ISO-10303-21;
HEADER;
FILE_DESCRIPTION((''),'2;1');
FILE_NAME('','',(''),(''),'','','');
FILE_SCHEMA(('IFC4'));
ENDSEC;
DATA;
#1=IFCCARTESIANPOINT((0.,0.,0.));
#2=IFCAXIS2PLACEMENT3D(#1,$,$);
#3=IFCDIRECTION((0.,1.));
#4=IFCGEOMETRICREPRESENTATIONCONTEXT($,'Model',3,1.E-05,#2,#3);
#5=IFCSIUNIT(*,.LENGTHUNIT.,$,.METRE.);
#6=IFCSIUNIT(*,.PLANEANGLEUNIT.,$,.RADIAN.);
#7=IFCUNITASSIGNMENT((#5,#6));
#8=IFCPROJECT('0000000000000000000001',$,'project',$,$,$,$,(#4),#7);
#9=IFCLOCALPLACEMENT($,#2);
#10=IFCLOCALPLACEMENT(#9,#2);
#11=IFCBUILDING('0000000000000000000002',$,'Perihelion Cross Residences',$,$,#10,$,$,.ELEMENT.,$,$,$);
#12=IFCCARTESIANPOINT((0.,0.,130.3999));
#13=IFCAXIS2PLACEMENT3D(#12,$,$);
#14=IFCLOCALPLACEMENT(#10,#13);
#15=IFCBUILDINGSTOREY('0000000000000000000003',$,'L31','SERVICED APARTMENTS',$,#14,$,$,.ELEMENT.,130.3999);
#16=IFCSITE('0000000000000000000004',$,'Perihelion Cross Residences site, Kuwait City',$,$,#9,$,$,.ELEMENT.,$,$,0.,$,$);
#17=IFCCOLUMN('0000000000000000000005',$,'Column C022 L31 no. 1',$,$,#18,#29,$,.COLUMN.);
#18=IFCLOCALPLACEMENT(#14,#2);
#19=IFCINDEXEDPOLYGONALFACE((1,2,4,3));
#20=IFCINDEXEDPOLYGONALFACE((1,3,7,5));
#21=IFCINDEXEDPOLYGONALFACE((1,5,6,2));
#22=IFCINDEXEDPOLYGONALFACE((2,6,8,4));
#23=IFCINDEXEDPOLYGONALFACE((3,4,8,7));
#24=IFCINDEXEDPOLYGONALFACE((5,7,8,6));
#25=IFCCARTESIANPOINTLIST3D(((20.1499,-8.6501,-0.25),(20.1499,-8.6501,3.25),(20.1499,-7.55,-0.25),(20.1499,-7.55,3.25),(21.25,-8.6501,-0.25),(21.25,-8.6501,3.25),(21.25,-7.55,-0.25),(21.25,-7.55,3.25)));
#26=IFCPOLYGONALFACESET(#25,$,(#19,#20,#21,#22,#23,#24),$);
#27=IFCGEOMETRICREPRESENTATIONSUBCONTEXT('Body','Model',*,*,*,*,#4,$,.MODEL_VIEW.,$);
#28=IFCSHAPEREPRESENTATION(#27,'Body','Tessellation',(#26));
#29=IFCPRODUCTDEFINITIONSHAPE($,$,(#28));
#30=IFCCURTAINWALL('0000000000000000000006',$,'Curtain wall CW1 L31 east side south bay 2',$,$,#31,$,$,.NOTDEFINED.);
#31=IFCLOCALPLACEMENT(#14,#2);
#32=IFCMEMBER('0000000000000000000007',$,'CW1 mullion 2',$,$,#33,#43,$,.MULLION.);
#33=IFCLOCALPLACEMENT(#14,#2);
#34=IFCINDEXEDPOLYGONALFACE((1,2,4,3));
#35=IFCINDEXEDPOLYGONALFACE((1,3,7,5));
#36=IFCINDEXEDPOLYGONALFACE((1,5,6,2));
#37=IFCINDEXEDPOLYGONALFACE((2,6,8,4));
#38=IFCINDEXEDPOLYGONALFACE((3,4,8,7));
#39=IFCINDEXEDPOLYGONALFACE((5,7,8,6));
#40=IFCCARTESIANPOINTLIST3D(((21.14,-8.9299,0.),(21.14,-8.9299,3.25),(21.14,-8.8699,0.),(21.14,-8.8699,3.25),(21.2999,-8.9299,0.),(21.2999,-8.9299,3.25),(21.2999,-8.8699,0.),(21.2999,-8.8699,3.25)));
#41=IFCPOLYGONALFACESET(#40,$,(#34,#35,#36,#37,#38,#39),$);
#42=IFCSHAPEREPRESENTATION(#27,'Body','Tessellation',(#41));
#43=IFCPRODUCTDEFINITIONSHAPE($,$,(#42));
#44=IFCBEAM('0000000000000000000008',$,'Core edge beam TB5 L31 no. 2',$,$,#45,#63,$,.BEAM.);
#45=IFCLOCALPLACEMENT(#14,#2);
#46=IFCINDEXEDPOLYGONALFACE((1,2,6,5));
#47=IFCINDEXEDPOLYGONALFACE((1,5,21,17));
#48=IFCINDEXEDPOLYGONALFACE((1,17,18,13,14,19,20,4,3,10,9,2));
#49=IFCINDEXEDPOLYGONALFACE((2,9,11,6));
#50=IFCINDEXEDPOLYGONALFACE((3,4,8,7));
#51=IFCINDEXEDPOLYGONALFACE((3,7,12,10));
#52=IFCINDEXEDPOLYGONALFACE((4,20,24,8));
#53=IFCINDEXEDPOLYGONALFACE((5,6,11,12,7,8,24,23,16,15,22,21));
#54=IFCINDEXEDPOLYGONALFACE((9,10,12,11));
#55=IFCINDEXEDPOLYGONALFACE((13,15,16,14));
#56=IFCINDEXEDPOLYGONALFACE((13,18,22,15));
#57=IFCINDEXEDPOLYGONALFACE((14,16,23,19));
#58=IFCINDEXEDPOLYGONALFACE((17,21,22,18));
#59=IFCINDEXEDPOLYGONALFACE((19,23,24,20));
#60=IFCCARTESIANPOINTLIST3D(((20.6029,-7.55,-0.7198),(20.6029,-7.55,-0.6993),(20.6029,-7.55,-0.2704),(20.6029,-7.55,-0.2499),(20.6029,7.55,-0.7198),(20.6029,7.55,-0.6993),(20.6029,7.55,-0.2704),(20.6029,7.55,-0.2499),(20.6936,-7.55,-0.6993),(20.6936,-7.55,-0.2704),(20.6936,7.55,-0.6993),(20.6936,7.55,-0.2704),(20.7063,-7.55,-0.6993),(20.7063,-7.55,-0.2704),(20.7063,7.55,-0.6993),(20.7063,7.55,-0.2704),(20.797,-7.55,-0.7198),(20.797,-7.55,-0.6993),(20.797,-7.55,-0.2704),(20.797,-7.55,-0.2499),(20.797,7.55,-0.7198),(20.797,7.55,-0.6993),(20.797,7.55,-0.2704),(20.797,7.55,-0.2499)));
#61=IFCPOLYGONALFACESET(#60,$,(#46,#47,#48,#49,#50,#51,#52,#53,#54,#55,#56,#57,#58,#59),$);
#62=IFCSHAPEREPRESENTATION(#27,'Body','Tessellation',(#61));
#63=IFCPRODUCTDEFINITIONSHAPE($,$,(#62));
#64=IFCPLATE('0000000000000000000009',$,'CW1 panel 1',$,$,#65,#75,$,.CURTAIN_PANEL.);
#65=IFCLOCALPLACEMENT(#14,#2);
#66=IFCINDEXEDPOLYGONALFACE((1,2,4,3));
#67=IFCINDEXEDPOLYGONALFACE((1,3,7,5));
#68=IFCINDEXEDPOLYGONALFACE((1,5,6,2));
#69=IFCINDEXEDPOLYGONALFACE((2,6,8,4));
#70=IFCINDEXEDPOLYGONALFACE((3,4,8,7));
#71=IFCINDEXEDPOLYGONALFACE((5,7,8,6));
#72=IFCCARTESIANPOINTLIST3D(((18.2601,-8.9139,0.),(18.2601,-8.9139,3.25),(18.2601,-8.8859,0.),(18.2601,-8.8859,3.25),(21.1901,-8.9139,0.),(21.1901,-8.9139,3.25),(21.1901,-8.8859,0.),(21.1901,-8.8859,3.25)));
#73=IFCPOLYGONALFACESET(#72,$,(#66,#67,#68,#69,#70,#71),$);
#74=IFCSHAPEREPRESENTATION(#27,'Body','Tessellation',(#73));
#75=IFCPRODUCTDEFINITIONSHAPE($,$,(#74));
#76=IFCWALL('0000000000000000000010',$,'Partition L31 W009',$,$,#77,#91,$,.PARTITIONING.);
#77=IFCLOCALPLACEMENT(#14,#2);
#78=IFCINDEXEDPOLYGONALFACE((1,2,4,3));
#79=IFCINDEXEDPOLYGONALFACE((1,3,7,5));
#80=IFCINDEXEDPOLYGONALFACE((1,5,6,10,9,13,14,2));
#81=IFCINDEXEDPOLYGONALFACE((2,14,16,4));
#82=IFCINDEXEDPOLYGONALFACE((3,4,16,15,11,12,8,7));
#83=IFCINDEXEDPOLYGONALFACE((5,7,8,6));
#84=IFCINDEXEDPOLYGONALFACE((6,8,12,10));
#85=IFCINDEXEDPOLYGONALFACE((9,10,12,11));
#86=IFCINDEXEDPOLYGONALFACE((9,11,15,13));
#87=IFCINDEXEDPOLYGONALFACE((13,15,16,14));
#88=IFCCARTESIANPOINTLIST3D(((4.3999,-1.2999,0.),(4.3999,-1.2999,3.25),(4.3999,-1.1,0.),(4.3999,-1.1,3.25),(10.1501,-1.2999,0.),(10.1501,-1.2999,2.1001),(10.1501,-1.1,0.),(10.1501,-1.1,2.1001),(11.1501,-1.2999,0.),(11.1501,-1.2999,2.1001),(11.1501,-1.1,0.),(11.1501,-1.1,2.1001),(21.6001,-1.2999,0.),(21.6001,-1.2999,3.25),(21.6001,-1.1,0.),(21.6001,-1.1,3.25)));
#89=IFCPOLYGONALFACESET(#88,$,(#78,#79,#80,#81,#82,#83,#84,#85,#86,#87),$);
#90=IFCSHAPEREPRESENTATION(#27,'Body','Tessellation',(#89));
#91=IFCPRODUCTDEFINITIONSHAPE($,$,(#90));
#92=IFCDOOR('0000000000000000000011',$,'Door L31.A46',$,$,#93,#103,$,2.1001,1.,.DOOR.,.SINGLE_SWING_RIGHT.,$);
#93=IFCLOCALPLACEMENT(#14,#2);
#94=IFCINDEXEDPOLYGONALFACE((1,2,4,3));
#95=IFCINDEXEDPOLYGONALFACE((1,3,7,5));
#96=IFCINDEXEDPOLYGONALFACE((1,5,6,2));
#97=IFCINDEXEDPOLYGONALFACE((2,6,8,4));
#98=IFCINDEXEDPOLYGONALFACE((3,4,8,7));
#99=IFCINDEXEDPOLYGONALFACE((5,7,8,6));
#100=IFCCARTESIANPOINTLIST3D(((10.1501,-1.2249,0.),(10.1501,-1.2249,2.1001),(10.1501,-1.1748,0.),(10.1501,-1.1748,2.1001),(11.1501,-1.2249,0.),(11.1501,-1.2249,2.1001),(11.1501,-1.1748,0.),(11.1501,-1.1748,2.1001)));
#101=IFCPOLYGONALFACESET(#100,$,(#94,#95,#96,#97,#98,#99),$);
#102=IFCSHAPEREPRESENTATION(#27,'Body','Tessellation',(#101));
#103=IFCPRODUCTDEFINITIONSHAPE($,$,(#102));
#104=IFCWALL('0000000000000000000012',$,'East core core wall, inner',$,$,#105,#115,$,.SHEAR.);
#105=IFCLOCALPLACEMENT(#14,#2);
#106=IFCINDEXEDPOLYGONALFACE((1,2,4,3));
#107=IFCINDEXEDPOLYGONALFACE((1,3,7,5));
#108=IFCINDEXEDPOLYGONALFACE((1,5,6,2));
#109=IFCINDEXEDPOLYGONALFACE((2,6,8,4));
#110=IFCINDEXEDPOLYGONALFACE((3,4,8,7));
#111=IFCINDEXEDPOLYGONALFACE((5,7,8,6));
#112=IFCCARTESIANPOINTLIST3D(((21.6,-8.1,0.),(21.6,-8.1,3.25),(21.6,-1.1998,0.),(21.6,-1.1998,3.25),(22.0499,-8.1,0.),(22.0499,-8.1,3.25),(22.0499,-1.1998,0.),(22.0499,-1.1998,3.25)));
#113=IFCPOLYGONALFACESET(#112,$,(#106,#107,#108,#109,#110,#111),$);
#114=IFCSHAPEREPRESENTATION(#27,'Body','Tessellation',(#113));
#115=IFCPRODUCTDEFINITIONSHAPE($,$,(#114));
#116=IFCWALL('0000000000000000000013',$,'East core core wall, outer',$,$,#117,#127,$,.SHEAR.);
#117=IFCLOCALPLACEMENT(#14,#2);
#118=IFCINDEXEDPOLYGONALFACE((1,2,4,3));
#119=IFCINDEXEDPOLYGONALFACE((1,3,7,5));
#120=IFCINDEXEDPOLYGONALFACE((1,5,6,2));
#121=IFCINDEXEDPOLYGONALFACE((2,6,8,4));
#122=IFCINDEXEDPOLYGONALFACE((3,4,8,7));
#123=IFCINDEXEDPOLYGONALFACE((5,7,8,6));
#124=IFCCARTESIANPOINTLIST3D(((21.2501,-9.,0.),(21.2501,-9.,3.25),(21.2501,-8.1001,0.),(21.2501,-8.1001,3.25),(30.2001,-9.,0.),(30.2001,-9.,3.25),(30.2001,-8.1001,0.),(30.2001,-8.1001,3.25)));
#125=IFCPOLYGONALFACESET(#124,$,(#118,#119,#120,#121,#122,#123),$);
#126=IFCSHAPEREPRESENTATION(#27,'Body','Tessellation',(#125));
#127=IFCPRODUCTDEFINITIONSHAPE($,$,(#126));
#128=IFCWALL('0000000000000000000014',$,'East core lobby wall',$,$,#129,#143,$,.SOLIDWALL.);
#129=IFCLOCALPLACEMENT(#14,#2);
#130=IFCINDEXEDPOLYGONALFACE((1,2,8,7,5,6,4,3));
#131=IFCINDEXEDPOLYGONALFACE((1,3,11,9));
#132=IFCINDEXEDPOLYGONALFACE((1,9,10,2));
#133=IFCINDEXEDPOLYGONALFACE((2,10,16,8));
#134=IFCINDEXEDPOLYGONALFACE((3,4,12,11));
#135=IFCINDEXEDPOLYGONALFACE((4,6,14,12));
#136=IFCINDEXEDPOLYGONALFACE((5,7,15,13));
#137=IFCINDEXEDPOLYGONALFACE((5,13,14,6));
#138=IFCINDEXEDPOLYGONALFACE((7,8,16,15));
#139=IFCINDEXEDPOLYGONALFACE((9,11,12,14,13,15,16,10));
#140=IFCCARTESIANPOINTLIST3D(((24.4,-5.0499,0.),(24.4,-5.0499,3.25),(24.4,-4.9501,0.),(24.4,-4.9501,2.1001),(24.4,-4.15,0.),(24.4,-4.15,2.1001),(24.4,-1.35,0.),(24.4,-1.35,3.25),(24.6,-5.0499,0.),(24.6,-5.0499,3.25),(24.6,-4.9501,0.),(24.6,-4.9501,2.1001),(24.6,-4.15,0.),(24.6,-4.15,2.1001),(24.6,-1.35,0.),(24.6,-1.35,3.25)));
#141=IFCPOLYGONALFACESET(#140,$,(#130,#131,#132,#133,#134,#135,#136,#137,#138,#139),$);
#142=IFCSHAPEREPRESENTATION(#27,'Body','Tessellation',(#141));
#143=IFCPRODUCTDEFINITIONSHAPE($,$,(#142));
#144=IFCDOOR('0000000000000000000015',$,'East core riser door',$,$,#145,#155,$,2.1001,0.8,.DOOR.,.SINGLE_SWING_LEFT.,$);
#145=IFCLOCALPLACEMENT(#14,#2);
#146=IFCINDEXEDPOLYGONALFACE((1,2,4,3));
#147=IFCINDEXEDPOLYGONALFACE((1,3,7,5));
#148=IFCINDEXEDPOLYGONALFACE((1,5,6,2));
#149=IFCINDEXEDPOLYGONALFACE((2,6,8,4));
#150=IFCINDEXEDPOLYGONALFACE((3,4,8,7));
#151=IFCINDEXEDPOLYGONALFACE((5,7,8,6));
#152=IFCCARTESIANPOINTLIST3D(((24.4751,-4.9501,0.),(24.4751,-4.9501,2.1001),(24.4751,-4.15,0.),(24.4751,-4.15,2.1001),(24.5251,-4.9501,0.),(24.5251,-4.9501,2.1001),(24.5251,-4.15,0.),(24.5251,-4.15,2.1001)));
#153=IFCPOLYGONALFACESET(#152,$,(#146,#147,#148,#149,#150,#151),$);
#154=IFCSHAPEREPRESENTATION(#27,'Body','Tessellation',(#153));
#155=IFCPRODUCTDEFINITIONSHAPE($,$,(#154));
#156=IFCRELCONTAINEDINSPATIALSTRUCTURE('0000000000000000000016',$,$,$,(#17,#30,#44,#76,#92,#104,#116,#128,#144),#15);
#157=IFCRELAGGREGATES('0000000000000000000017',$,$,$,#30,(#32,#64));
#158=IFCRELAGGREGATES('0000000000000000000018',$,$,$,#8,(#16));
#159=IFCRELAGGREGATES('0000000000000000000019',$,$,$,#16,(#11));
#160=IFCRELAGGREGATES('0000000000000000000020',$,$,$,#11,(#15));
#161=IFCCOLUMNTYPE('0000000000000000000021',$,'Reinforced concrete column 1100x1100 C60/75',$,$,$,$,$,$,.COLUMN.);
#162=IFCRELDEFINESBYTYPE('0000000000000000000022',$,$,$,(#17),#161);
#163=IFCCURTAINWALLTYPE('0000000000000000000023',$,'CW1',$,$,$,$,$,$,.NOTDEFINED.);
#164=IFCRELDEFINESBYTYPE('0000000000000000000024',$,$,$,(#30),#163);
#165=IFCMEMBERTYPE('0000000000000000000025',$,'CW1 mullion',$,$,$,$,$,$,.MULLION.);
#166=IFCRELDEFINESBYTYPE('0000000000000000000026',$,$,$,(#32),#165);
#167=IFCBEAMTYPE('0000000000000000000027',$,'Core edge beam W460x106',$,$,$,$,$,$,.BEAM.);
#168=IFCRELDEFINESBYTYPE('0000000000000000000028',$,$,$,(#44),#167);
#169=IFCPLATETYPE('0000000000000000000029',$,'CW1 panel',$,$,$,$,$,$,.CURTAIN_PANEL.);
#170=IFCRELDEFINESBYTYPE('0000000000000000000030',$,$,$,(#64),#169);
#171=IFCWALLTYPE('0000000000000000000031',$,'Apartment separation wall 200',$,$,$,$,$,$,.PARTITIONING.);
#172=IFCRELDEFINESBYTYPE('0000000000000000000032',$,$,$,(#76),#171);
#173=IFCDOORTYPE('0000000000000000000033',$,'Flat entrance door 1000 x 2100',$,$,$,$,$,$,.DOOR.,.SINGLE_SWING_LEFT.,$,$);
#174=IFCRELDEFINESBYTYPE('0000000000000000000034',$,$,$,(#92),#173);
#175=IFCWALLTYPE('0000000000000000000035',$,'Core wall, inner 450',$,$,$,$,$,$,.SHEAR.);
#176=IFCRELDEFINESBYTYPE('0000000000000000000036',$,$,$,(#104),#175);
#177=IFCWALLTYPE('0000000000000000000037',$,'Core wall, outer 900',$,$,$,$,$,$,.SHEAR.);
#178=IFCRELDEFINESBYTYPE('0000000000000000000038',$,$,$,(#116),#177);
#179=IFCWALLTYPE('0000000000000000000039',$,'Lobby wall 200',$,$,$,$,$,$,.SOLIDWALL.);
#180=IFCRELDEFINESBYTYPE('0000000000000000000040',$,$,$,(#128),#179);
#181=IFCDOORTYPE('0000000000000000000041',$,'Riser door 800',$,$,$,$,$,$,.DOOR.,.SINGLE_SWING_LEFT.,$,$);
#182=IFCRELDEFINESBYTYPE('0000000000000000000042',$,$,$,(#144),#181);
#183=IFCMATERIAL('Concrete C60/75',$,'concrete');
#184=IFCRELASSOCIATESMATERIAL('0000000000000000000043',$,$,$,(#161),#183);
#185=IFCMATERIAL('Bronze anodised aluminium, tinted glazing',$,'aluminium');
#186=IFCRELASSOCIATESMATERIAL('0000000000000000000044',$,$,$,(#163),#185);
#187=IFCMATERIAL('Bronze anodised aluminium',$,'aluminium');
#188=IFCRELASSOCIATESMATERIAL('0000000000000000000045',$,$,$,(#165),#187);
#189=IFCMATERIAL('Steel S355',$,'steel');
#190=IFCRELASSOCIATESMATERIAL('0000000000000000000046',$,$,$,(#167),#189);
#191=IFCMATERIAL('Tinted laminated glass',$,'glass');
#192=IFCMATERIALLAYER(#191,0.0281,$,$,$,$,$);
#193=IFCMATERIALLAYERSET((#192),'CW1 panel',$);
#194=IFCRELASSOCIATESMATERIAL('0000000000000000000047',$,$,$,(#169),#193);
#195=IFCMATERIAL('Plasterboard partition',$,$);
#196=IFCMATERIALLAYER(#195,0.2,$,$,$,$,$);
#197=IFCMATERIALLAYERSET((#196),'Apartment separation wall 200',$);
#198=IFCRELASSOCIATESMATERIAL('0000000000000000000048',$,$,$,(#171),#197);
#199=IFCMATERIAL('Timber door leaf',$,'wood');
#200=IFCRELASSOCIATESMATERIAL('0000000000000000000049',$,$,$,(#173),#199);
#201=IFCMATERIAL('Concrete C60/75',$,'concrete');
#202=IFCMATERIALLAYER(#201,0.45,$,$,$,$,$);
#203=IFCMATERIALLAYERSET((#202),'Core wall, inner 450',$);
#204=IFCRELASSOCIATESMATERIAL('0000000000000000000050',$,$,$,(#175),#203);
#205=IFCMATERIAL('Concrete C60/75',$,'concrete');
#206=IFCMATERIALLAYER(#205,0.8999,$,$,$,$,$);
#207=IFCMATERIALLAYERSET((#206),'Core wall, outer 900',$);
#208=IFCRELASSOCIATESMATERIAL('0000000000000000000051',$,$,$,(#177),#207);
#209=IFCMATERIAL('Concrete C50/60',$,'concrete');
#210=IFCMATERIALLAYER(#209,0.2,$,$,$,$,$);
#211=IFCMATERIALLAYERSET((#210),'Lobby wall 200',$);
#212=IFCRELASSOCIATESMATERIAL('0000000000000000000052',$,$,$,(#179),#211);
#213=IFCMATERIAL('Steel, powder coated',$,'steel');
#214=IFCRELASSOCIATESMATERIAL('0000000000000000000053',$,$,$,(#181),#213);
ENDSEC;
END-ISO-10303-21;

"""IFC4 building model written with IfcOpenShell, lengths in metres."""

from ifc_helpers import new_model, si_unit, direction, frame, frame_2d, origin, origin_2d, place, context, subcontext, project, spatial, rectangle, i_section, extrude, material, layer, layer_set, material_profile, profile_set, type_object, element, fill, aggregate, save


model = new_model("IFC4")

# Units and contexts
model_context = context("Model", 3, precision=1e-05, world=origin(), true_north=direction((0.0, 1.0)))
body_context = subcontext(model_context, "Body", "Model", "MODEL_VIEW")
ifc_project = project(units=[si_unit("LENGTHUNIT", "METRE"), si_unit("PLANEANGLEUNIT", "RADIAN")], contexts=[model_context])

# Site, building, storey
site_placement = place(None, origin())
site = spatial("IfcSite", under=ifc_project, at=site_placement, Name="Perihelion Cross Residences site, Kuwait City", CompositionType="ELEMENT", RefElevation=0.0)
building_placement = place(site_placement, origin())
building = spatial("IfcBuilding", under=site, at=building_placement, Name="Perihelion Cross Residences", CompositionType="ELEMENT")
storey_placement = place(building_placement, frame((0.0, 0.0, 130.3999)))
storey = spatial("IfcBuildingStorey", under=building, at=storey_placement, Name="L31", Description="SERVICED APARTMENTS", CompositionType="ELEMENT", Elevation=130.3999)

# Column
ifc_material_1 = material(Name="Concrete C60/75", Category="concrete")
ifc_material_profile_1 = material_profile(ifc_material_1, rectangle(XDim=1.1001, YDim=1.1001, at=origin_2d()), Name="RC 1100x1100")
ifc_profile_set_1 = profile_set([ifc_material_profile_1], Name="Concrete C60/75")
column_type = type_object("IfcColumnType", Name="Reinforced concrete column 1100x1100 C60/75", PredefinedType="COLUMN", material=ifc_profile_set_1)
column_placement = place(storey_placement, frame((20.7, -8.1001, -0.25), z_axis=(0.0, 0.0, 1.0), x_axis=(1.0, 0.0, 0.0)))
element("IfcColumn", 1, at=column_placement, inside=storey, type_object=column_type, Name="Column C022 L31 no. 1", PredefinedType="COLUMN", context=body_context, shape_type="SweptSolid", body=[
    extrude(rectangle(XDim=1.1001, YDim=1.1001, at=origin_2d()), origin(), (0.0, 0.0, 1.0), 3.5),
])

# Curtain wall, member
ifc_material_2 = material(Name="Bronze anodised aluminium, tinted glazing", Category="aluminium")
curtain_wall_type = type_object("IfcCurtainWallType", Name="CW1", PredefinedType="NOTDEFINED", material=ifc_material_2)
curtain_wall_placement = place(storey_placement, origin())
curtain_wall = element("IfcCurtainWall", 2, at=curtain_wall_placement, inside=storey, type_object=curtain_wall_type, Name="Curtain wall CW1 L31 east side south bay 2", PredefinedType="NOTDEFINED")
ifc_material_3 = material(Name="Bronze anodised aluminium", Category="aluminium")
ifc_material_profile_2 = material_profile(ifc_material_3, rectangle(XDim=0.0601, YDim=0.1599, at=origin_2d()), Name="CW1 mullion")
ifc_profile_set_2 = profile_set([ifc_material_profile_2], Name="Bronze anodised aluminium")
member_type = type_object("IfcMemberType", Name="CW1 mullion", PredefinedType="MULLION", material=ifc_profile_set_2)
member_placement = place(storey_placement, frame((21.22, -8.8999, 0.0), z_axis=(0.0, 0.0, 1.0), x_axis=(0.0, 1.0, 0.0)))
member = element("IfcMember", 3, at=member_placement, type_object=member_type, Name="CW1 mullion 2", PredefinedType="MULLION", context=body_context, shape_type="SweptSolid", body=[
    extrude(rectangle(XDim=0.0601, YDim=0.1599, at=origin_2d()), origin(), (0.0, 0.0, 1.0), 3.25),
])

# Beam
ifc_material_4 = material(Name="Steel S355", Category="steel")
ifc_material_profile_3 = material_profile(ifc_material_4, i_section(OverallWidth=0.1941, OverallDepth=0.47, WebThickness=0.0127, FlangeThickness=0.0205, at=origin_2d()), Name="W460x106")
ifc_profile_set_3 = profile_set([ifc_material_profile_3], Name="Steel S355")
beam_type = type_object("IfcBeamType", Name="Core edge beam W460x106", PredefinedType="BEAM", material=ifc_profile_set_3)
beam_placement = place(storey_placement, frame((20.7, -7.55, -0.4849), z_axis=(0.0, 1.0, 0.0), x_axis=(-1.0, 0.0, 0.0)))
element("IfcBeam", 4, at=beam_placement, inside=storey, type_object=beam_type, Name="Core edge beam TB5 L31 no. 2", PredefinedType="BEAM", context=body_context, shape_type="SweptSolid", body=[
    extrude(i_section(OverallWidth=0.1941, OverallDepth=0.47, WebThickness=0.0127, FlangeThickness=0.0205, at=origin_2d()), origin(), (0.0, 0.0, 1.0), 15.1001),
])

# Plate
ifc_material_5 = material(Name="Tinted laminated glass", Category="glass")
ifc_layer_1 = layer(ifc_material_5, 0.0281)
ifc_layer_set_1 = layer_set([ifc_layer_1], Name="CW1 panel")
plate_type = type_object("IfcPlateType", Name="CW1 panel", PredefinedType="CURTAIN_PANEL", material=ifc_layer_set_1)
plate_placement = place(storey_placement, frame((19.7251, -8.8999, 0.0), z_axis=(0.0, 0.0, 1.0), x_axis=(1.0, 0.0, 0.0)))
plate = element("IfcPlate", 5, at=plate_placement, type_object=plate_type, Name="CW1 panel 1", PredefinedType="CURTAIN_PANEL", context=body_context, shape_type="SweptSolid", body=[
    extrude(rectangle(XDim=2.9299, YDim=0.0281, at=origin_2d()), origin(), (0.0, 0.0, 1.0), 3.25),
])
aggregate(curtain_wall, [member, plate])

# Wall, opening, door
ifc_material_6 = material(Name="Plasterboard partition")
ifc_layer_2 = layer(ifc_material_6, 0.2)
ifc_layer_set_2 = layer_set([ifc_layer_2], Name="Apartment separation wall 200")
wall_type_1 = type_object("IfcWallType", Name="Apartment separation wall 200", PredefinedType="PARTITIONING", material=ifc_layer_set_2)
wall_1_placement = place(storey_placement, frame((21.6001, -1.2, 0.0), z_axis=(0.0, 0.0, 1.0), x_axis=(-1.0, 0.0, 0.0)))
wall_1 = element("IfcWall", 6, at=wall_1_placement, inside=storey, type_object=wall_type_1, Name="Partition L31 W009", PredefinedType="PARTITIONING", context=body_context, shape_type="SweptSolid", body=[
    extrude(rectangle(XDim=17.2002, YDim=0.2, at=frame_2d((8.6001, 0.0))), origin(), (0.0, 0.0, 1.0), 3.25),
])
opening_1_placement = place(wall_1_placement, frame((10.45, 0.0, 0.0)))
opening_1 = element("IfcOpeningElement", 7, at=opening_1_placement, cuts=wall_1, PredefinedType="OPENING", context=body_context, shape_type="SweptSolid", body=[
    extrude(rectangle(XDim=1.0, YDim=2.1001, at=frame_2d((0.5, 1.05))), frame((0.0, 0.1099, 0.0), z_axis=(0.0, -1.0, 0.0), x_axis=(1.0, 0.0, 0.0)), (0.0, 0.0, 1.0), 0.22),
])
ifc_material_7 = material(Name="Timber door leaf", Category="wood")
door_type_1 = type_object("IfcDoorType", Name="Flat entrance door 1000 x 2100", OperationType="SINGLE_SWING_LEFT", PredefinedType="DOOR", material=ifc_material_7)
door_1_placement = place(opening_1_placement, origin())
door_1 = element("IfcDoor", 8, at=door_1_placement, inside=storey, type_object=door_type_1, Name="Door L31.A46", OperationType="SINGLE_SWING_RIGHT", OverallHeight=2.1001, OverallWidth=1.0, PredefinedType="DOOR", context=body_context, shape_type="SweptSolid", body=[
    extrude(rectangle(XDim=1.0, YDim=2.1001, at=frame_2d((0.5, 1.05))), frame((0.0, 0.0249, 0.0), z_axis=(0.0, -1.0, 0.0), x_axis=(1.0, 0.0, 0.0)), (0.0, 0.0, 1.0), 0.05),
])
fill(opening_1, door_1)

# Walls
ifc_material_8 = material(Name="Concrete C60/75", Category="concrete")
ifc_layer_3 = layer(ifc_material_8, 0.45)
ifc_layer_set_3 = layer_set([ifc_layer_3], Name="Core wall, inner 450")
wall_type_2 = type_object("IfcWallType", Name="Core wall, inner 450", PredefinedType="SHEAR", material=ifc_layer_set_3)
wall_2_placement = place(storey_placement, frame((21.825, -8.1001, 0.0), z_axis=(0.0, 0.0, 1.0), x_axis=(0.0, 1.0, 0.0)))
element("IfcWall", 9, at=wall_2_placement, inside=storey, type_object=wall_type_2, Name="East core core wall, inner", PredefinedType="SHEAR", context=body_context, shape_type="SweptSolid", body=[
    extrude(rectangle(XDim=6.9001, YDim=0.45, at=frame_2d((3.4502, 0.0))), origin(), (0.0, 0.0, 1.0), 3.25),
])
ifc_material_9 = material(Name="Concrete C60/75", Category="concrete")
ifc_layer_4 = layer(ifc_material_9, 0.8999)
ifc_layer_set_4 = layer_set([ifc_layer_4], Name="Core wall, outer 900")
wall_type_3 = type_object("IfcWallType", Name="Core wall, outer 900", PredefinedType="SHEAR", material=ifc_layer_set_4)
wall_3_placement = place(storey_placement, frame((21.25, -8.55, 0.0), z_axis=(0.0, 0.0, 1.0), x_axis=(1.0, 0.0, 0.0)))
element("IfcWall", 10, at=wall_3_placement, inside=storey, type_object=wall_type_3, Name="East core core wall, outer", PredefinedType="SHEAR", context=body_context, shape_type="SweptSolid", body=[
    extrude(rectangle(XDim=8.95, YDim=0.8999, at=frame_2d((4.4751, 0.0))), origin(), (0.0, 0.0, 1.0), 3.25),
])

# Wall, opening, door
ifc_material_10 = material(Name="Concrete C50/60", Category="concrete")
ifc_layer_5 = layer(ifc_material_10, 0.2)
ifc_layer_set_5 = layer_set([ifc_layer_5], Name="Lobby wall 200")
wall_type_4 = type_object("IfcWallType", Name="Lobby wall 200", PredefinedType="SOLIDWALL", material=ifc_layer_set_5)
wall_4_placement = place(storey_placement, frame((24.5, -5.05, 0.0), z_axis=(0.0, 0.0, 1.0), x_axis=(0.0, 1.0, 0.0)))
wall_4 = element("IfcWall", 11, at=wall_4_placement, inside=storey, type_object=wall_type_4, Name="East core lobby wall", PredefinedType="SOLIDWALL", context=body_context, shape_type="SweptSolid", body=[
    extrude(rectangle(XDim=3.7, YDim=0.2, at=frame_2d((1.8501, 0.0))), origin(), (0.0, 0.0, 1.0), 3.25),
])
opening_2_placement = place(wall_4_placement, frame((0.1001, 0.0, 0.0)))
opening_2 = element("IfcOpeningElement", 12, at=opening_2_placement, cuts=wall_4, PredefinedType="OPENING", context=body_context, shape_type="SweptSolid", body=[
    extrude(rectangle(XDim=0.8, YDim=2.1001, at=frame_2d((0.3999, 1.05))), frame((0.0, 0.1099, 0.0), z_axis=(0.0, -1.0, 0.0), x_axis=(1.0, 0.0, 0.0)), (0.0, 0.0, 1.0), 0.22),
])
ifc_material_11 = material(Name="Steel, powder coated", Category="steel")
door_type_2 = type_object("IfcDoorType", Name="Riser door 800", OperationType="SINGLE_SWING_LEFT", PredefinedType="DOOR", material=ifc_material_11)
door_2_placement = place(opening_2_placement, origin())
door_2 = element("IfcDoor", 13, at=door_2_placement, inside=storey, type_object=door_type_2, Name="East core riser door", OperationType="SINGLE_SWING_LEFT", OverallHeight=2.1001, OverallWidth=0.8, PredefinedType="DOOR", context=body_context, shape_type="SweptSolid", body=[
    extrude(rectangle(XDim=0.8, YDim=2.1001, at=frame_2d((0.3999, 1.05))), frame((0.0, 0.0249, 0.0), z_axis=(0.0, -1.0, 0.0), x_axis=(1.0, 0.0, 0.0)), (0.0, 0.0, 1.0), 0.05),
])
fill(opening_2, door_2)

save(model, "model.ifc")
